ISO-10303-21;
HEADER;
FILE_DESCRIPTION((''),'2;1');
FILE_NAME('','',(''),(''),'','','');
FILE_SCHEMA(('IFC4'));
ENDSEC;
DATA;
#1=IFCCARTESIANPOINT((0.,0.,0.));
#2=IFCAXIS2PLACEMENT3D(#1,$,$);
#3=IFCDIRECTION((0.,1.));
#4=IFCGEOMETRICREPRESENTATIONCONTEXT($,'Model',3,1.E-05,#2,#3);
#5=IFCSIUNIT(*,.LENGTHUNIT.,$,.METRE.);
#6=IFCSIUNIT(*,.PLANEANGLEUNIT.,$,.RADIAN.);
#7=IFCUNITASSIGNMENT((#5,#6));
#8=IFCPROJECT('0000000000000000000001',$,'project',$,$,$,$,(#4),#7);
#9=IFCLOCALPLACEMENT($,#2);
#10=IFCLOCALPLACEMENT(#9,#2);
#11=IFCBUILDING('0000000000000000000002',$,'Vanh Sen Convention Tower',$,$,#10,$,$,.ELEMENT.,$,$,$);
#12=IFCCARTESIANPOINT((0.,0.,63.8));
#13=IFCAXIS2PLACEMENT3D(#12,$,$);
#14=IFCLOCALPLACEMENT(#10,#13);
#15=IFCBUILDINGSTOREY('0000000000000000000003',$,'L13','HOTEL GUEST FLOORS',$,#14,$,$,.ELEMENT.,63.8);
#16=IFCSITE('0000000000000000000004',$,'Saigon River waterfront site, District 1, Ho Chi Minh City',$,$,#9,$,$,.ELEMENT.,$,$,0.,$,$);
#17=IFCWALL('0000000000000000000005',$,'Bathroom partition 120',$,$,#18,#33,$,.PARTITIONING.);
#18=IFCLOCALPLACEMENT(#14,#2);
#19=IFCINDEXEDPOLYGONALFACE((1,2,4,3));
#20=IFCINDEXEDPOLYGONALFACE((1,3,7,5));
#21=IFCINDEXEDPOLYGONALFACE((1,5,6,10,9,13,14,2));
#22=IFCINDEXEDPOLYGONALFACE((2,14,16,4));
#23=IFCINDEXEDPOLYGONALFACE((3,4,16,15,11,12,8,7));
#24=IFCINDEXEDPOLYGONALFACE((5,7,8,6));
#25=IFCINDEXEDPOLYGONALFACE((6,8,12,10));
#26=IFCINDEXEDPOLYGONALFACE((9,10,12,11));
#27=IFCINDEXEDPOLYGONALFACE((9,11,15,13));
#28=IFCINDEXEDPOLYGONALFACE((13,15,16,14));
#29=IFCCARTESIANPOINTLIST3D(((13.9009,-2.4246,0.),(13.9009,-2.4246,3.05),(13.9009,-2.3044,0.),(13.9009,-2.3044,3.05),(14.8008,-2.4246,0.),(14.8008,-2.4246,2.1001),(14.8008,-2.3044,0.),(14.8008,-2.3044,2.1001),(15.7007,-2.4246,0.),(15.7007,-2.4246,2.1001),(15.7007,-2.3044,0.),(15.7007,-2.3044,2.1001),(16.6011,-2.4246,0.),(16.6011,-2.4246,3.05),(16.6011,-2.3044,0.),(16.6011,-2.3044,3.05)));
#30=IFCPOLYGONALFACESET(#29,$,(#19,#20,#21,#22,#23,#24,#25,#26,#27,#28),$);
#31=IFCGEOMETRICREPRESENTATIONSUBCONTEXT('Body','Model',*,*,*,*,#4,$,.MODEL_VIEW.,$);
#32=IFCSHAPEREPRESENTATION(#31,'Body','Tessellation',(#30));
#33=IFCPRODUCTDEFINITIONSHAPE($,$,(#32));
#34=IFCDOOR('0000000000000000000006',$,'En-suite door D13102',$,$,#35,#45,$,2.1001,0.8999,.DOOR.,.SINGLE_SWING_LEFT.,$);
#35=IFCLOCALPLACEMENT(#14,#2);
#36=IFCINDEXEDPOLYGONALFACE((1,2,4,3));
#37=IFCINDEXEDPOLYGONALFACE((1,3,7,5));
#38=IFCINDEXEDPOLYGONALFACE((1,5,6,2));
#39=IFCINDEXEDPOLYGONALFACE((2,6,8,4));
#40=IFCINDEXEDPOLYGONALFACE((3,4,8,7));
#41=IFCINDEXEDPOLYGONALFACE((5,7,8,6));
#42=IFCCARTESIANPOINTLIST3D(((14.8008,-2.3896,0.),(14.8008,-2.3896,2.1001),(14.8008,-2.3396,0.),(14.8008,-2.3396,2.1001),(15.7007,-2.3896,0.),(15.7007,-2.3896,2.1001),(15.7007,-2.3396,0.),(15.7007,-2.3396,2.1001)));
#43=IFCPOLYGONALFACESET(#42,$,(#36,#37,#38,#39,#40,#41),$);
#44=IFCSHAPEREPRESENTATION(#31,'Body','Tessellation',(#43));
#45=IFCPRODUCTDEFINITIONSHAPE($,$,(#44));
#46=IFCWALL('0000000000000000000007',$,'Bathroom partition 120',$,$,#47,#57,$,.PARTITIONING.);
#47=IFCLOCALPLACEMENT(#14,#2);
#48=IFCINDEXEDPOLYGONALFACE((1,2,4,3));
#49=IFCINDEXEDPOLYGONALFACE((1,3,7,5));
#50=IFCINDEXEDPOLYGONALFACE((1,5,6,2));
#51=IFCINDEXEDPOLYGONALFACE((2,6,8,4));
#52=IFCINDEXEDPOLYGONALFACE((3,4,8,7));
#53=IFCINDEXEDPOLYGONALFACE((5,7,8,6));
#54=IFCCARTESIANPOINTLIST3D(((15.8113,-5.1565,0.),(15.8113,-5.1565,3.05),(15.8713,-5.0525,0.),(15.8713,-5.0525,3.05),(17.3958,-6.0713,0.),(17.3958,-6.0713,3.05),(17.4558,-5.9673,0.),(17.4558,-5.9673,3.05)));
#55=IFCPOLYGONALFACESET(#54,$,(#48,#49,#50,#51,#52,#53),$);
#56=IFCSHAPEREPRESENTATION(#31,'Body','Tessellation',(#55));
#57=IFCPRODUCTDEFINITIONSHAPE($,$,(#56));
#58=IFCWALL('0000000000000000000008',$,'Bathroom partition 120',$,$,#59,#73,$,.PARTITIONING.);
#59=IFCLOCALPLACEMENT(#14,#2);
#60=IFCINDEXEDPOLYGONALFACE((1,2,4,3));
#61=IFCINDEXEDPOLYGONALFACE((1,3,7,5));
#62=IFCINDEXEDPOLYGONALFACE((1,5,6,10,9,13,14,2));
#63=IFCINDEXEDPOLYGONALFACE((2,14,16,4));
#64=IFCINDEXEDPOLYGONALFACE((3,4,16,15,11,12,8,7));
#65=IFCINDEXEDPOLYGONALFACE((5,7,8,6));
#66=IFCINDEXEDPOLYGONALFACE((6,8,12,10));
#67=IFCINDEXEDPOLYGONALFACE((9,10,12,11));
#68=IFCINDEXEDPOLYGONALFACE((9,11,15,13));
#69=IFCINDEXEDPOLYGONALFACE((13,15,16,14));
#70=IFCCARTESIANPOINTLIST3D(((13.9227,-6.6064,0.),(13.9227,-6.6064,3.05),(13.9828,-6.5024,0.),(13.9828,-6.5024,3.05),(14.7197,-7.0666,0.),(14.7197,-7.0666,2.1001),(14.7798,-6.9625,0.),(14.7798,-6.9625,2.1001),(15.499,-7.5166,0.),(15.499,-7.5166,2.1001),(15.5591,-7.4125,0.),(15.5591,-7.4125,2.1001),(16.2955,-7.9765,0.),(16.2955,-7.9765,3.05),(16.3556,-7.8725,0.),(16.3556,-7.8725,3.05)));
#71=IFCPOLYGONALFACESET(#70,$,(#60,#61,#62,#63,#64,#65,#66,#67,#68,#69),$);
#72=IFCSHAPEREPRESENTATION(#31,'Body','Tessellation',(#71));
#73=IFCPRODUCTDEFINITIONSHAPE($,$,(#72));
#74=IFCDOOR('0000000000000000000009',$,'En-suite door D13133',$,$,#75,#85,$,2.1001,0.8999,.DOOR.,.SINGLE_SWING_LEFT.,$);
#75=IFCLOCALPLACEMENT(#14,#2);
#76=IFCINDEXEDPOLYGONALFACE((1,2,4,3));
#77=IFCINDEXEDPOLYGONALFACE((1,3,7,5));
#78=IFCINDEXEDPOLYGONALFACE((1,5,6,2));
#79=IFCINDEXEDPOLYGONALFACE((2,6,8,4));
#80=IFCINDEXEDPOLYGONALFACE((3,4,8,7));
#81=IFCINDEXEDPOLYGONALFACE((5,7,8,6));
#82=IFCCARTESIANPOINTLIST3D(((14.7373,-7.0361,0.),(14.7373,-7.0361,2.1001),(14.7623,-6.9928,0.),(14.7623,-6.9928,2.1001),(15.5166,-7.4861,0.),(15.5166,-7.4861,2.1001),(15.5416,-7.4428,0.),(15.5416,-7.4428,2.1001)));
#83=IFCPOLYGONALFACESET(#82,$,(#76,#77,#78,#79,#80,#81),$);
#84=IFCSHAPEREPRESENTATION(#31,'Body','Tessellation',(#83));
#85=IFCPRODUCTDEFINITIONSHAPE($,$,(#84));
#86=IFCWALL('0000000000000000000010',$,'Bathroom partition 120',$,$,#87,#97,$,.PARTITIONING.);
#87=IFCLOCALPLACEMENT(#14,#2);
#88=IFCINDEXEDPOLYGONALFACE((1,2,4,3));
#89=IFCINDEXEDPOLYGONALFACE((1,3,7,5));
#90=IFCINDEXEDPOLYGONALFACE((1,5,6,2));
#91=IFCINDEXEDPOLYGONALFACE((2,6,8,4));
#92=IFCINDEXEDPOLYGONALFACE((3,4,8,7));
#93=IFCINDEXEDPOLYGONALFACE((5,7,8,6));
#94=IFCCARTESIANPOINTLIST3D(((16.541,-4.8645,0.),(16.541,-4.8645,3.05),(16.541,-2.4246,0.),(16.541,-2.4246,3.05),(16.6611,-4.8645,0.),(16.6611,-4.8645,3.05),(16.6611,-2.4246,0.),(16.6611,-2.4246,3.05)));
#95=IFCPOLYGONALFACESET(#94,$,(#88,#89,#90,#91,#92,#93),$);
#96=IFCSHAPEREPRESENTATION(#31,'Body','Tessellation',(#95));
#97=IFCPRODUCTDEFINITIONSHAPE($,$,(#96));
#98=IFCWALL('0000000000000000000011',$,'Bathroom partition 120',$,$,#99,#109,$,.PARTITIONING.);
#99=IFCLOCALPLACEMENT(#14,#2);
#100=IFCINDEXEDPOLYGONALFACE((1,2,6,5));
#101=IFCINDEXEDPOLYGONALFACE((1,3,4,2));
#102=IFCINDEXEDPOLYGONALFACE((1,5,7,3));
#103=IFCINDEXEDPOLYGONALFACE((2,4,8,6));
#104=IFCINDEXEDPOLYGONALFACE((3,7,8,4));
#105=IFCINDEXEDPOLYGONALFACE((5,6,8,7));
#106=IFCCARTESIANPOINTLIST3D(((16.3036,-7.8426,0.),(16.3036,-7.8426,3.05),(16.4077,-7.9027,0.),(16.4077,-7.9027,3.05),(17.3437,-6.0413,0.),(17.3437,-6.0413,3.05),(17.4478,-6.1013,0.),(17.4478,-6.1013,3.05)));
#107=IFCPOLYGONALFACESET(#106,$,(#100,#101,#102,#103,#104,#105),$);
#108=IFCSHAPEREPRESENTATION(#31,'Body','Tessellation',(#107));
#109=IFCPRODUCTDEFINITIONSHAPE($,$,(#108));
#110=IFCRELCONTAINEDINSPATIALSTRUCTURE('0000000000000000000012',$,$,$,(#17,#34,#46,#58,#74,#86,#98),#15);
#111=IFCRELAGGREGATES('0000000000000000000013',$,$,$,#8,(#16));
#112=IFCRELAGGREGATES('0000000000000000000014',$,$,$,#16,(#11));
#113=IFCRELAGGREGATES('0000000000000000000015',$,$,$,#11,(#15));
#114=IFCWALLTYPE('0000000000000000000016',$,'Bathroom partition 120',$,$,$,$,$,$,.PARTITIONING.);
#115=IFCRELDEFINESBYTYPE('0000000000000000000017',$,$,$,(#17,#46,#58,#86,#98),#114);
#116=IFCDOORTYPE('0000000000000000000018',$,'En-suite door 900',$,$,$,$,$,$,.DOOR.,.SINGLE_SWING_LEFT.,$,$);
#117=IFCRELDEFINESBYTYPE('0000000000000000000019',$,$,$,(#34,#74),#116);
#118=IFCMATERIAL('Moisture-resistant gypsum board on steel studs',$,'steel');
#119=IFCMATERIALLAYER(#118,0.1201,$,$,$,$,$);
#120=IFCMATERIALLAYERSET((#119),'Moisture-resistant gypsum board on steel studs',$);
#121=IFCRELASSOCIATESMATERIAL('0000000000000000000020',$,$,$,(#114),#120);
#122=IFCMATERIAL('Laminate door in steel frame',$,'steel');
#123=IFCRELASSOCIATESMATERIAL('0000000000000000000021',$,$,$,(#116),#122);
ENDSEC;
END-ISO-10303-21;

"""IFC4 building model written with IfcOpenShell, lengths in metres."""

from ifc_helpers import new_model, si_unit, direction, frame, frame_2d, origin, place, context, subcontext, project, spatial, rectangle, extrude, material, layer, layer_set, type_object, element, fill, save


model = new_model("IFC4")

# Units and contexts
model_context = context("Model", 3, precision=1e-05, world=origin(), true_north=direction((0.0, 1.0)))
body_context = subcontext(model_context, "Body", "Model", "MODEL_VIEW")
ifc_project = project(units=[si_unit("LENGTHUNIT", "METRE"), si_unit("PLANEANGLEUNIT", "RADIAN")], contexts=[model_context])

# Site, building, storey
site_placement = place(None, origin())
site = spatial("IfcSite", under=ifc_project, at=site_placement, Name="Saigon River waterfront site, District 1, Ho Chi Minh City", CompositionType="ELEMENT", RefElevation=0.0)
building_placement = place(site_placement, origin())
building = spatial("IfcBuilding", under=site, at=building_placement, Name="Vanh Sen Convention Tower", CompositionType="ELEMENT")
storey_placement = place(building_placement, frame((0.0, 0.0, 63.8)))
storey = spatial("IfcBuildingStorey", under=building, at=storey_placement, Name="L13", Description="HOTEL GUEST FLOORS", CompositionType="ELEMENT", Elevation=63.8)

# Wall, opening, door
ifc_material_1 = material(Name="Moisture-resistant gypsum board on steel studs", Category="steel")
ifc_layer_1 = layer(ifc_material_1, 0.1201)
ifc_layer_set_1 = layer_set([ifc_layer_1], Name="Moisture-resistant gypsum board on steel studs")
wall_type_1 = type_object("IfcWallType", Name="Bathroom partition 120", PredefinedType="PARTITIONING", material=ifc_layer_set_1)
wall_1_placement = place(storey_placement, frame((13.9009, -2.3645, 0.0), z_axis=(0.0, 0.0, 1.0), x_axis=(1.0, 0.0, 0.0)))
wall_1 = element("IfcWall", 1, at=wall_1_placement, inside=storey, type_object=wall_type_1, Name="Bathroom partition 120", PredefinedType="PARTITIONING", context=body_context, shape_type="SweptSolid", body=[
    extrude(rectangle(XDim=2.7002, YDim=0.1201, at=frame_2d((1.3501, 0.0))), origin(), (0.0, 0.0, 1.0), 3.05),
])
opening_1_placement = place(wall_1_placement, frame((0.8999, 0.0, 0.0)))
opening_1 = element("IfcOpeningElement", 2, at=opening_1_placement, cuts=wall_1, PredefinedType="OPENING", context=body_context, shape_type="SweptSolid", body=[
    extrude(rectangle(XDim=0.8999, YDim=2.1001, at=frame_2d((0.45, 1.05))), frame((0.0, 0.0701, 0.0), z_axis=(0.0, -1.0, 0.0), x_axis=(1.0, 0.0, 0.0)), (0.0, 0.0, 1.0), 0.1401),
])
ifc_material_2 = material(Name="Laminate door in steel frame", Category="steel")
door_type = type_object("IfcDoorType", Name="En-suite door 900", OperationType="SINGLE_SWING_LEFT", PredefinedType="DOOR", material=ifc_material_2)
door_1_placement = place(opening_1_placement, origin())
door_1 = element("IfcDoor", 3, at=door_1_placement, inside=storey, type_object=door_type, Name="En-suite door D13102", OperationType="SINGLE_SWING_LEFT", OverallHeight=2.1001, OverallWidth=0.8999, PredefinedType="DOOR", context=body_context, shape_type="SweptSolid", body=[
    extrude(rectangle(XDim=0.8999, YDim=2.1001, at=frame_2d((0.45, 1.05))), frame((0.0, 0.0249, 0.0), z_axis=(0.0, -1.0, 0.0), x_axis=(1.0, 0.0, 0.0)), (0.0, 0.0, 1.0), 0.05),
])
fill(opening_1, door_1)

# Wall
wall_2_placement = place(storey_placement, frame((15.8413, -5.1045, 0.0), z_axis=(0.0, 0.0, 1.0), x_axis=(0.866026, -0.5, 0.0)))
element("IfcWall", 4, at=wall_2_placement, inside=storey, type_object=wall_type_1, Name="Bathroom partition 120", PredefinedType="PARTITIONING", context=body_context, shape_type="SweptSolid", body=[
    extrude(rectangle(XDim=1.8296, YDim=0.1201, at=frame_2d((0.9148, 0.0))), origin(), (0.0, 0.0, 1.0), 3.05),
])

# Wall, opening, door
wall_3_placement = place(storey_placement, frame((16.3257, -7.9246, 0.0), z_axis=(0.0, 0.0, 1.0), x_axis=(-0.865997, 0.500049, 0.0)))
wall_3 = element("IfcWall", 5, at=wall_3_placement, inside=storey, type_object=wall_type_1, Name="Bathroom partition 120", PredefinedType="PARTITIONING", context=body_context, shape_type="SweptSolid", body=[
    extrude(rectangle(XDim=2.74, YDim=0.1201, at=frame_2d((1.3701, 0.0))), origin(), (0.0, 0.0, 1.0), 3.05),
])
opening_2_placement = place(wall_3_placement, frame((0.9199, 0.0, 0.0)))
opening_2 = element("IfcOpeningElement", 6, at=opening_2_placement, cuts=wall_3, PredefinedType="OPENING", context=body_context, shape_type="SweptSolid", body=[
    extrude(rectangle(XDim=0.8999, YDim=2.1001, at=frame_2d((0.45, 1.05))), frame((0.0, 0.0701, 0.0), z_axis=(0.0, -1.0, 0.0), x_axis=(1.0, 0.0, 0.0)), (0.0, 0.0, 1.0), 0.1401),
])
door_2_placement = place(opening_2_placement, origin())
door_2 = element("IfcDoor", 7, at=door_2_placement, inside=storey, type_object=door_type, Name="En-suite door D13133", OperationType="SINGLE_SWING_LEFT", OverallHeight=2.1001, OverallWidth=0.8999, PredefinedType="DOOR", context=body_context, shape_type="SweptSolid", body=[
    extrude(rectangle(XDim=0.8999, YDim=2.1001, at=frame_2d((0.45, 1.05))), frame((0.0, 0.0249, 0.0), z_axis=(0.0, -1.0, 0.0), x_axis=(1.0, 0.0, 0.0)), (0.0, 0.0, 1.0), 0.05),
])
fill(opening_2, door_2)

# Walls
wall_4_placement = place(storey_placement, frame((16.6011, -2.4246, 0.0), z_axis=(0.0, 0.0, 1.0), x_axis=(0.0, -1.0, 0.0)))
element("IfcWall", 8, at=wall_4_placement, inside=storey, type_object=wall_type_1, Name="Bathroom partition 120", PredefinedType="PARTITIONING", context=body_context, shape_type="SweptSolid", body=[
    extrude(rectangle(XDim=2.4399, YDim=0.1201, at=frame_2d((1.22, 0.0))), origin(), (0.0, 0.0, 1.0), 3.05),
])
wall_5_placement = place(storey_placement, frame((17.3958, -6.0713, 0.0), z_axis=(0.0, 0.0, 1.0), x_axis=(-0.500027, -0.86601, 0.0)))
element("IfcWall", 9, at=wall_5_placement, inside=storey, type_object=wall_type_1, Name="Bathroom partition 120", PredefinedType="PARTITIONING", context=body_context, shape_type="SweptSolid", body=[
    extrude(rectangle(XDim=2.0801, YDim=0.1201, at=frame_2d((1.04, 0.0))), origin(), (0.0, 0.0, 1.0), 3.05),
])

save(model, "model.ifc")
